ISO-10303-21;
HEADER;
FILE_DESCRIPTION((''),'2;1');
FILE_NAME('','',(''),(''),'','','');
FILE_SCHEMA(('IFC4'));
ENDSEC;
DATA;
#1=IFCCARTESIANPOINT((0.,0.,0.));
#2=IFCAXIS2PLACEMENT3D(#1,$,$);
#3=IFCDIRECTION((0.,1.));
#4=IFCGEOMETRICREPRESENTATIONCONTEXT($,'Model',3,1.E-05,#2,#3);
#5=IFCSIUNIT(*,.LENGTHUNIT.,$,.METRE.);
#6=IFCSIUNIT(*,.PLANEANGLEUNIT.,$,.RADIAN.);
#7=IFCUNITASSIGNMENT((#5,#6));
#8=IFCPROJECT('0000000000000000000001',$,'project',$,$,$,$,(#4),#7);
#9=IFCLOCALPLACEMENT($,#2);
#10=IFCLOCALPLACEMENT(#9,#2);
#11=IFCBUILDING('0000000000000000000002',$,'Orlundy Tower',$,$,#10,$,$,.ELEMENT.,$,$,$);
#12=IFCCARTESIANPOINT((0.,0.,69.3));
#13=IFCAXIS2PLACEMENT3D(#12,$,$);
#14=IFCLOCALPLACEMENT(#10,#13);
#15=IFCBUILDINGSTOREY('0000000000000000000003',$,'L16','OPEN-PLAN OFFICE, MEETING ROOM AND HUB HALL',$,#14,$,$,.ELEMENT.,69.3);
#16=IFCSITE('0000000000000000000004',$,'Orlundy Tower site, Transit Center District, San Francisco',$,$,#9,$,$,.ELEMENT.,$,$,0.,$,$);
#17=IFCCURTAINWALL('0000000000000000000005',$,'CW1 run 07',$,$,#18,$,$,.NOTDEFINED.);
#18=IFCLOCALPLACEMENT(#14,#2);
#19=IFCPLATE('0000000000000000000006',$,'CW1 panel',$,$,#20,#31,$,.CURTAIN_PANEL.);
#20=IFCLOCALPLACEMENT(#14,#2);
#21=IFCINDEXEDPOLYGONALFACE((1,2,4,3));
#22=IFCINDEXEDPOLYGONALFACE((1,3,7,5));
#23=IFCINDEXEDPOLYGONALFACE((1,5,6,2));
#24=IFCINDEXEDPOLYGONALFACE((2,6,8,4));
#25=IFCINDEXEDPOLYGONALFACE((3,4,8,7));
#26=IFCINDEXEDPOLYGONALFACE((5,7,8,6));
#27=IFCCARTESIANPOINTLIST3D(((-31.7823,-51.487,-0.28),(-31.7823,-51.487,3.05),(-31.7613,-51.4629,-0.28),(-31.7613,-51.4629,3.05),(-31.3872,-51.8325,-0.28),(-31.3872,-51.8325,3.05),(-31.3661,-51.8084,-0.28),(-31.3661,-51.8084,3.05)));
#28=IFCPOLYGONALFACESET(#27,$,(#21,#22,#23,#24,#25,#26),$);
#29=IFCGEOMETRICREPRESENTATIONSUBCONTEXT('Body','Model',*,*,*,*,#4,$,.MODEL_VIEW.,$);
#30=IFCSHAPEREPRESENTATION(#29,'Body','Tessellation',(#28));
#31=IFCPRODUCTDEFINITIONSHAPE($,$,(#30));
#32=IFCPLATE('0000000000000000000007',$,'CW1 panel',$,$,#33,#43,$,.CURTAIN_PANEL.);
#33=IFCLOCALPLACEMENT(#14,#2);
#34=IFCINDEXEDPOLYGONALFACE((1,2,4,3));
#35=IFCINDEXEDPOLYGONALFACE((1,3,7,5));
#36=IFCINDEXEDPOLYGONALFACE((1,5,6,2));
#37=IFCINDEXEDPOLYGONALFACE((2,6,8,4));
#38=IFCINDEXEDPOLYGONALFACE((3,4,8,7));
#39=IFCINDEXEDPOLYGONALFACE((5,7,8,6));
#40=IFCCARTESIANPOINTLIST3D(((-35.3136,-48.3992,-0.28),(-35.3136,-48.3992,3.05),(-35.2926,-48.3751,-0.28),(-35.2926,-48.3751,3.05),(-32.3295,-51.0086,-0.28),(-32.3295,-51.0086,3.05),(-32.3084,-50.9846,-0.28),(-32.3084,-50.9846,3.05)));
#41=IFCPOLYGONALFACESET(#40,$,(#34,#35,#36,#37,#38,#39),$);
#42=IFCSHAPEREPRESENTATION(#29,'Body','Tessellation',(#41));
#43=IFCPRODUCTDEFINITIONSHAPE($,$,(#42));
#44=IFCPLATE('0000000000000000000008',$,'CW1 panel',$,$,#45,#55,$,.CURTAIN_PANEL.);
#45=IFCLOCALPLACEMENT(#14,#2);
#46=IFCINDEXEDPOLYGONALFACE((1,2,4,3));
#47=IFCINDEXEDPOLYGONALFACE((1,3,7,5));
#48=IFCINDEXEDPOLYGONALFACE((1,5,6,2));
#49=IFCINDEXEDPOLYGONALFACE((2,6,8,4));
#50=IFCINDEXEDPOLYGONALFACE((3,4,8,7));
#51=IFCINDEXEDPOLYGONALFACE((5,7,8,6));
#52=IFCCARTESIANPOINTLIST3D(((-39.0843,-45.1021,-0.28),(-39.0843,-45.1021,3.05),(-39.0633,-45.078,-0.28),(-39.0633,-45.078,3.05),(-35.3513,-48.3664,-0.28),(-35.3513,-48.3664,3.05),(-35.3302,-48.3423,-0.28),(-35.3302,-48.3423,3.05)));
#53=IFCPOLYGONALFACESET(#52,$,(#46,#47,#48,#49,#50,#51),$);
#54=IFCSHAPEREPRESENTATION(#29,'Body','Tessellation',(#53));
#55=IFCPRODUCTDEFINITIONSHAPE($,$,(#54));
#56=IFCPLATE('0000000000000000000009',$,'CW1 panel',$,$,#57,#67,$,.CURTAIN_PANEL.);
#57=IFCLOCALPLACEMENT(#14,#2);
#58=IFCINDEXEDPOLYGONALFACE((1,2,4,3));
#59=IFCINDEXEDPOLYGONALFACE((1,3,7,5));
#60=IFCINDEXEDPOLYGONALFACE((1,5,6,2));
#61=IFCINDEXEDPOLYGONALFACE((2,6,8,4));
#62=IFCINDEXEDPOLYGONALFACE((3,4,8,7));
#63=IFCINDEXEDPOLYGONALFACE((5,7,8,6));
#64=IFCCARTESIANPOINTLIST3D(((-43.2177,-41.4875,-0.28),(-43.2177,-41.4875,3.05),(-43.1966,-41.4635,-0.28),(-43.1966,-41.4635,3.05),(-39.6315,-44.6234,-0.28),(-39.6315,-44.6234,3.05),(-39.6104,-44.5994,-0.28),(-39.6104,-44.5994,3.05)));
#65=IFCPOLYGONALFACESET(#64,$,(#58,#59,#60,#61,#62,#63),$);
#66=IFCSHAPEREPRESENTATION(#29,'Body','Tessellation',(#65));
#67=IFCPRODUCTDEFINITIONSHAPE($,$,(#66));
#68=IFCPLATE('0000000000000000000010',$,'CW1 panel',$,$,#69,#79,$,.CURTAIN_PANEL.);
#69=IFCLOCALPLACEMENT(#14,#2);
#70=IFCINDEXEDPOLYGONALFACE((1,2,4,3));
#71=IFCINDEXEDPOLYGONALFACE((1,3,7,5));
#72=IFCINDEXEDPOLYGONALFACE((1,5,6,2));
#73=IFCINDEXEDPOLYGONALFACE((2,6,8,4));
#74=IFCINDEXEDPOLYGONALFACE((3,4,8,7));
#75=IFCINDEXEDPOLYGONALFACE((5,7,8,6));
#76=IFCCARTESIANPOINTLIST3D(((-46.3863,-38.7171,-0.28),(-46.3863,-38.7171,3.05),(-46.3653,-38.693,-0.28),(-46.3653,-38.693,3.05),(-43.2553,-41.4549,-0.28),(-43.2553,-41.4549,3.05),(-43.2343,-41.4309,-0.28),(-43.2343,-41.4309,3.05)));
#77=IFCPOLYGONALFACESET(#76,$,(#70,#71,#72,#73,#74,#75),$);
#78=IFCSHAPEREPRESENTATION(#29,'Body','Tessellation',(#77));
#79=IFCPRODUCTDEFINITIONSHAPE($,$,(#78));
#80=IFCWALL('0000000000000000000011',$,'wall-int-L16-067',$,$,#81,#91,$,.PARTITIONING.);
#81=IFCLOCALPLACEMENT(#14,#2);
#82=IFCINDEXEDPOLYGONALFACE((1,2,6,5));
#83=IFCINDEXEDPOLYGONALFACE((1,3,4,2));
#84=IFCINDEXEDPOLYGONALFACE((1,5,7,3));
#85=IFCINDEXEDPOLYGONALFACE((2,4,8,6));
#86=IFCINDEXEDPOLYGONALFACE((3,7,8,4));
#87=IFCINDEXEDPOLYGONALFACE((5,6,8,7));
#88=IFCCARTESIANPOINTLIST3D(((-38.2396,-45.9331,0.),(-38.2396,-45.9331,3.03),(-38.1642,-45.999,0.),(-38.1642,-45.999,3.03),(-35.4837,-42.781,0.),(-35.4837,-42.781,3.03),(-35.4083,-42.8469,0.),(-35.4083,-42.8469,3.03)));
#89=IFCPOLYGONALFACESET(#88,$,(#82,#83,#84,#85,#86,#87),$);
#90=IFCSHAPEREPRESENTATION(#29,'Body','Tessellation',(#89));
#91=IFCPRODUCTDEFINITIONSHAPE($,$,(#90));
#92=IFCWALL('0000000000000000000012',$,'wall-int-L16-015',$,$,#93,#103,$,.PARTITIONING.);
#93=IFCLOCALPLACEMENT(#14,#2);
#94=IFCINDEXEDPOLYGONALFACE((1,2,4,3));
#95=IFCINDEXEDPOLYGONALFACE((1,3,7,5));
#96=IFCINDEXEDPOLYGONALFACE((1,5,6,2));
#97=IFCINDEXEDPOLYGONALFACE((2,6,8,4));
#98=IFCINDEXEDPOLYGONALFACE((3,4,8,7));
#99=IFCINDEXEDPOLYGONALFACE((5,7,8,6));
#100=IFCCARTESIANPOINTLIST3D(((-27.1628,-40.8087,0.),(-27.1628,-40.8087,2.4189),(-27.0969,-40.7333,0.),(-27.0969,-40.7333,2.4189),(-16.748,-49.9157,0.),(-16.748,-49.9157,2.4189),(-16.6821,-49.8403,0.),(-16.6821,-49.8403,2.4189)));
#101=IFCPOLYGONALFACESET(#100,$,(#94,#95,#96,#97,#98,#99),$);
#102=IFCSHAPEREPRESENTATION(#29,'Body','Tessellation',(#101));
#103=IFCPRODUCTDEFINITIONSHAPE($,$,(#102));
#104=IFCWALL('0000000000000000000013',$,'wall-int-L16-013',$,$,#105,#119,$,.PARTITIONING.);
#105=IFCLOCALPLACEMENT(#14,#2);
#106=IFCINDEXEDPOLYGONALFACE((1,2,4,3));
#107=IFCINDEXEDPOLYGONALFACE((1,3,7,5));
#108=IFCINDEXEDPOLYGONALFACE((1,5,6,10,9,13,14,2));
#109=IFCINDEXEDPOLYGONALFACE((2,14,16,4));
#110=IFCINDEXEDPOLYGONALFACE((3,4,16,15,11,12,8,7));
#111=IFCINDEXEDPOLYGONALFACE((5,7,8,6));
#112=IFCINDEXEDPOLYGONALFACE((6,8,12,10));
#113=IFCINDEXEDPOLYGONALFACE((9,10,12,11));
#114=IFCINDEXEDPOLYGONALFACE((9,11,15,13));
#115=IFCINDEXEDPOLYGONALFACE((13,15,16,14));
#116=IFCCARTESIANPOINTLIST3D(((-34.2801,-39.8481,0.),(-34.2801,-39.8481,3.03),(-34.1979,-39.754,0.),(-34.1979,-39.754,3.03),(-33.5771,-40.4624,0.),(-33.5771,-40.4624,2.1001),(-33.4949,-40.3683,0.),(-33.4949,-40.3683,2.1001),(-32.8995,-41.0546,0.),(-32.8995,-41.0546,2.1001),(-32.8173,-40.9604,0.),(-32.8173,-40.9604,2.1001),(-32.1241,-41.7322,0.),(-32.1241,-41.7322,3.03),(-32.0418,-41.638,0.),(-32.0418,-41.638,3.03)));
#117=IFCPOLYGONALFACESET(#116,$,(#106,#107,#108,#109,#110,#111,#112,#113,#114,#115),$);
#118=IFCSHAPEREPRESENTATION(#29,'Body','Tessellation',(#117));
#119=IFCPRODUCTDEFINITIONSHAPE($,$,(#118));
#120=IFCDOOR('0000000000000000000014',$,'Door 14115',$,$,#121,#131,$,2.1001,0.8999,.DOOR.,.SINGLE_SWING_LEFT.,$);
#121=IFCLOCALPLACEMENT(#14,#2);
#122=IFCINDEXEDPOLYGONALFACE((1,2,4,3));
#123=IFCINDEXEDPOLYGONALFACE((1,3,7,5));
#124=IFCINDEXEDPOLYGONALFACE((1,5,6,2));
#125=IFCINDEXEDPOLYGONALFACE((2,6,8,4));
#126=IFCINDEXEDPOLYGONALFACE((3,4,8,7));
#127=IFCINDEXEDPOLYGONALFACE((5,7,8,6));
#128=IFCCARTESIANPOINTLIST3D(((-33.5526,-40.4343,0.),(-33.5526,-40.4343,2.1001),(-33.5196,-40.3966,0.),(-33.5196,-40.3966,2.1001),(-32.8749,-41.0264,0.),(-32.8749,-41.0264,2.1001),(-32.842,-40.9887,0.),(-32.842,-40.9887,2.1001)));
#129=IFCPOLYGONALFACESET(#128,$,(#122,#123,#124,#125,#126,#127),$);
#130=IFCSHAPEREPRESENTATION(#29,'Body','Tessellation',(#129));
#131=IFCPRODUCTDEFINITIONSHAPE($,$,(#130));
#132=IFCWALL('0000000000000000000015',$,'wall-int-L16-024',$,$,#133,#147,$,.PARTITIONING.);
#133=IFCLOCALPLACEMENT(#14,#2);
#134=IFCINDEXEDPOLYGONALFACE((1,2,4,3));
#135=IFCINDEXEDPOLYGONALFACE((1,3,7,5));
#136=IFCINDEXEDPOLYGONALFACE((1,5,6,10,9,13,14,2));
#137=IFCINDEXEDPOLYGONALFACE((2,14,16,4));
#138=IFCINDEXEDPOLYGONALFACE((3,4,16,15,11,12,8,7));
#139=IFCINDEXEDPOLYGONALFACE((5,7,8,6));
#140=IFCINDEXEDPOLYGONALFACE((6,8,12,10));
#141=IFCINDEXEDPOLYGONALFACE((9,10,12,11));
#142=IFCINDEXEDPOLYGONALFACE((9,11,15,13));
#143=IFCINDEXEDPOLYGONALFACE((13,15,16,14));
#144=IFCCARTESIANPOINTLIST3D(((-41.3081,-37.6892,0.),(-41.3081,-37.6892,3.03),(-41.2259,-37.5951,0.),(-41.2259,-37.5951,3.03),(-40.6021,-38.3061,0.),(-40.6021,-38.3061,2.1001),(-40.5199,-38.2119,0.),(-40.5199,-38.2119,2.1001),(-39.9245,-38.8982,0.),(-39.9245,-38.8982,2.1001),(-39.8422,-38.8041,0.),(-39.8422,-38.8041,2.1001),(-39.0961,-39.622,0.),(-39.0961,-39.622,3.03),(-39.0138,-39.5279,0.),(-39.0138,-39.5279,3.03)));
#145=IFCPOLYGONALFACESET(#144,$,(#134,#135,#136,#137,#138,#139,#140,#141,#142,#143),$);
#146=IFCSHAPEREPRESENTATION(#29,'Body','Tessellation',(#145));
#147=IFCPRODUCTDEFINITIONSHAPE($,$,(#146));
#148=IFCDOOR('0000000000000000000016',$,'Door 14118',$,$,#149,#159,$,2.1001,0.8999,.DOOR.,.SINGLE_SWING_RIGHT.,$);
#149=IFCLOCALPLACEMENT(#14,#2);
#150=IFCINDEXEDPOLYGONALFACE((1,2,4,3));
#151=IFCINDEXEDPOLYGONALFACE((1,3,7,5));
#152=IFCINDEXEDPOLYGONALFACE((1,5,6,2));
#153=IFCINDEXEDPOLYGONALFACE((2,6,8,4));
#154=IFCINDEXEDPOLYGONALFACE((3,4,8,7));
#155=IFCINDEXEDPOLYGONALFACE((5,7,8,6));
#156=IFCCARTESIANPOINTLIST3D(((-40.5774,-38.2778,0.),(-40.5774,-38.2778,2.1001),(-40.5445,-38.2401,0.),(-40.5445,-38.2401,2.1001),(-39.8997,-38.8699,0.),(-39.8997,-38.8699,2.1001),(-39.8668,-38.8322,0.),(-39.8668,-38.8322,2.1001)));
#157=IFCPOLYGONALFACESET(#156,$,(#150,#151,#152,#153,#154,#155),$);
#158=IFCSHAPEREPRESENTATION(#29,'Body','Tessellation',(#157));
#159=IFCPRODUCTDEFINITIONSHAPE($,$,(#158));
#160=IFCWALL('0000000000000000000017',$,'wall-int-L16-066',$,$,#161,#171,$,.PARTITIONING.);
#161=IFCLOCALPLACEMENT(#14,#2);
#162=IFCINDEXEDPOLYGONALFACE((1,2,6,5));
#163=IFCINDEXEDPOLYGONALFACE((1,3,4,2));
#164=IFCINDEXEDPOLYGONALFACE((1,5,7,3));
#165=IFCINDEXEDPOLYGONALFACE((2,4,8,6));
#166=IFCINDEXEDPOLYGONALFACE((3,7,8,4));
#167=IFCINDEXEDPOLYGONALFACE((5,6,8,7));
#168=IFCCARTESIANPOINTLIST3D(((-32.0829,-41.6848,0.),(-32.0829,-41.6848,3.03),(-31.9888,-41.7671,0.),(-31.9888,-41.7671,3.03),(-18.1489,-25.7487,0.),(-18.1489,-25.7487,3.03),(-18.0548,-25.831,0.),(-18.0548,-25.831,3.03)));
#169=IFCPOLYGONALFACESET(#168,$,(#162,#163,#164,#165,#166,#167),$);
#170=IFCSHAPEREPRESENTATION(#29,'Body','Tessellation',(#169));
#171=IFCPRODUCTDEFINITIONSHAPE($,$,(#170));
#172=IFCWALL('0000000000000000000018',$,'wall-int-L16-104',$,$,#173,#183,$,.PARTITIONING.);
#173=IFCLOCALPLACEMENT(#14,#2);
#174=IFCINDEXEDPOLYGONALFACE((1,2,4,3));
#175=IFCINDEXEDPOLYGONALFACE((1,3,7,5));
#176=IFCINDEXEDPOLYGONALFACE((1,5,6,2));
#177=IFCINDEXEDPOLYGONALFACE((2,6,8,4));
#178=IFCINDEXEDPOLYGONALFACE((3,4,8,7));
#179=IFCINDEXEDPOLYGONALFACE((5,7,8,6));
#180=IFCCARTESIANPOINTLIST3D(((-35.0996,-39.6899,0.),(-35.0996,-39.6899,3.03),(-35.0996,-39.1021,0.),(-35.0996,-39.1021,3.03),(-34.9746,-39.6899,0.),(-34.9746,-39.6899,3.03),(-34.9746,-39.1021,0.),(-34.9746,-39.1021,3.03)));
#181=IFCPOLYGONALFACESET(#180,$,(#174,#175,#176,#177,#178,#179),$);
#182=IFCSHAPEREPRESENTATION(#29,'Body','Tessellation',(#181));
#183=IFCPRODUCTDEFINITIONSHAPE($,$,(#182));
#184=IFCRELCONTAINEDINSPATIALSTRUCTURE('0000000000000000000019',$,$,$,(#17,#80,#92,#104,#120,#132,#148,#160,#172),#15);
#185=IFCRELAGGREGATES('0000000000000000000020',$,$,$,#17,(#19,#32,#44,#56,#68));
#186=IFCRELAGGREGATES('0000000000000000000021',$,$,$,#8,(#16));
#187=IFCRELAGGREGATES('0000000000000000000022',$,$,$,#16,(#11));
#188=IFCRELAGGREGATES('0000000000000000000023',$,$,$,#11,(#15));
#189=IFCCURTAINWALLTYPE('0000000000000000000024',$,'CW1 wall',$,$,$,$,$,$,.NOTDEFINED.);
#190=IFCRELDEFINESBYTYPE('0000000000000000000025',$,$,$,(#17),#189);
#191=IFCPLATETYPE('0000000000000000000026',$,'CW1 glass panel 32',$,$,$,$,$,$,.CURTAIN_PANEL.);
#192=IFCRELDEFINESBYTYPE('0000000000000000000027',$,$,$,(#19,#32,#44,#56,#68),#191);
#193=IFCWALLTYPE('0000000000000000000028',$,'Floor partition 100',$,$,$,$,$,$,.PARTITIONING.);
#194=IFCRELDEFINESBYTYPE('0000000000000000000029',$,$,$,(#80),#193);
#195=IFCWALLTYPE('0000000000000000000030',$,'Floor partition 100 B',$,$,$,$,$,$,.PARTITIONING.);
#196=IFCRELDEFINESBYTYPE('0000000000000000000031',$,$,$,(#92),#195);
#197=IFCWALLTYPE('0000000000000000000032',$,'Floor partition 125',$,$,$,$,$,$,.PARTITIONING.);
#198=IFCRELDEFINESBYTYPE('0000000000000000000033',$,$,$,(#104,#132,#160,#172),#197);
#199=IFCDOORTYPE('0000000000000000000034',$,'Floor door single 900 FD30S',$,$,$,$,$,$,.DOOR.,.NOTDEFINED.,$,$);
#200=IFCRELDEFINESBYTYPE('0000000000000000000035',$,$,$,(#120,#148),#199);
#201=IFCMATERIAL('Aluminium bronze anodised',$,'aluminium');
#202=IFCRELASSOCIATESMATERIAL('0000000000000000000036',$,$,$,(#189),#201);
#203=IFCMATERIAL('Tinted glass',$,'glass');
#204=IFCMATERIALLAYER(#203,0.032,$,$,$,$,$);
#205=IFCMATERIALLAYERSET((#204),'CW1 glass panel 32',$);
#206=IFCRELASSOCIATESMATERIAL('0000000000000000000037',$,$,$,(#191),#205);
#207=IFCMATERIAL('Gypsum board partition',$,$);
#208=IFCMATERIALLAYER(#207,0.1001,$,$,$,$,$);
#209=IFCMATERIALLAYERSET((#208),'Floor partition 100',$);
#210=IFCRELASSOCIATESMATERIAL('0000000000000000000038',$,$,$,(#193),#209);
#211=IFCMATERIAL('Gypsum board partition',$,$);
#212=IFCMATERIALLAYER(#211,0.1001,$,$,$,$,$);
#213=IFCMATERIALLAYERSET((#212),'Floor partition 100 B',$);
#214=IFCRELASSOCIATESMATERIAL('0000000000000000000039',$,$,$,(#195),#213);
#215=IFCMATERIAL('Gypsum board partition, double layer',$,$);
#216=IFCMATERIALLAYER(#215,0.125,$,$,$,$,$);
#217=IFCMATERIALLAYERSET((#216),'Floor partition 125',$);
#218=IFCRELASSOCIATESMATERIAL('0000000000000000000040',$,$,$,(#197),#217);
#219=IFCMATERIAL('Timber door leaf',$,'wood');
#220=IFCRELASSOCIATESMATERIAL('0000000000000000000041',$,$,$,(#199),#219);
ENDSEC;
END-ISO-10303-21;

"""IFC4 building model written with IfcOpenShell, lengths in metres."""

from ifc_helpers import new_model, si_unit, direction, frame, frame_2d, origin, origin_2d, place, context, subcontext, project, spatial, rectangle, extrude, material, layer, layer_set, type_object, element, fill, aggregate, save


model = new_model("IFC4")

# Units and contexts
model_context = context("Model", 3, precision=1e-05, world=origin(), true_north=direction((0.0, 1.0)))
body_context = subcontext(model_context, "Body", "Model", "MODEL_VIEW")
ifc_project = project(units=[si_unit("LENGTHUNIT", "METRE"), si_unit("PLANEANGLEUNIT", "RADIAN")], contexts=[model_context])

# Site, building, storey
site_placement = place(None, origin())
site = spatial("IfcSite", under=ifc_project, at=site_placement, Name="Orlundy Tower site, Transit Center District, San Francisco", CompositionType="ELEMENT", RefElevation=0.0)
building_placement = place(site_placement, origin())
building = spatial("IfcBuilding", under=site, at=building_placement, Name="Orlundy Tower", CompositionType="ELEMENT")
storey_placement = place(building_placement, frame((0.0, 0.0, 69.3)))
storey = spatial("IfcBuildingStorey", under=building, at=storey_placement, Name="L16", Description="OPEN-PLAN OFFICE, MEETING ROOM AND HUB HALL", CompositionType="ELEMENT", Elevation=69.3)

# Shared definitions
ifc_material_1 = material(Name="Aluminium bronze anodised", Category="aluminium")
curtain_wall_type = type_object("IfcCurtainWallType", Name="CW1 wall", PredefinedType="NOTDEFINED", material=ifc_material_1)

# Curtain wall
curtain_wall_1_placement = place(storey_placement, origin())
curtain_wall_1 = element("IfcCurtainWall", 1, at=curtain_wall_1_placement, inside=storey, type_object=curtain_wall_type, Name="CW1 run 07", PredefinedType="NOTDEFINED")

# Plates
ifc_material_2 = material(Name="Tinted glass", Category="glass")
ifc_layer_1 = layer(ifc_material_2, 0.032)
ifc_layer_set_1 = layer_set([ifc_layer_1], Name="CW1 glass panel 32")
plate_type = type_object("IfcPlateType", Name="CW1 glass panel 32", PredefinedType="CURTAIN_PANEL", material=ifc_layer_set_1)
plate_1_placement = place(storey_placement, frame((-31.5742, -51.6477, -0.28), z_axis=(0.0, 0.0, 1.0), x_axis=(-0.752789, 0.658262, 0.0)))
plate_1 = element("IfcPlate", 2, at=plate_1_placement, type_object=plate_type, Name="CW1 panel", PredefinedType="CURTAIN_PANEL", context=body_context, shape_type="SweptSolid", body=[
    extrude(rectangle(XDim=0.5249, YDim=0.032, at=origin_2d()), origin(), (0.0, 0.0, 1.0), 3.3301),
])
plate_2_placement = place(storey_placement, frame((-33.811, -49.6919, -0.28), z_axis=(0.0, 0.0, 1.0), x_axis=(-0.752789, 0.658262, 0.0)))
plate_2 = element("IfcPlate", 3, at=plate_2_placement, type_object=plate_type, Name="CW1 panel", PredefinedType="CURTAIN_PANEL", context=body_context, shape_type="SweptSolid", body=[
    extrude(rectangle(XDim=3.9641, YDim=0.032, at=origin_2d()), origin(), (0.0, 0.0, 1.0), 3.3301),
])
plate_3_placement = place(storey_placement, frame((-37.2073, -46.7222, -0.28), z_axis=(0.0, 0.0, 1.0), x_axis=(-0.752789, 0.658262, 0.0)))
plate_3 = element("IfcPlate", 4, at=plate_3_placement, type_object=plate_type, Name="CW1 panel", PredefinedType="CURTAIN_PANEL", context=body_context, shape_type="SweptSolid", body=[
    extrude(rectangle(XDim=4.959, YDim=0.032, at=origin_2d()), origin(), (0.0, 0.0, 1.0), 3.3301),
])
plate_4_placement = place(storey_placement, frame((-41.4141, -43.0435, -0.28), z_axis=(0.0, 0.0, 1.0), x_axis=(-0.752789, 0.658262, 0.0)))
plate_4 = element("IfcPlate", 5, at=plate_4_placement, type_object=plate_type, Name="CW1 panel", PredefinedType="CURTAIN_PANEL", context=body_context, shape_type="SweptSolid", body=[
    extrude(rectangle(XDim=4.7639, YDim=0.032, at=origin_2d()), origin(), (0.0, 0.0, 1.0), 3.3301),
])
plate_5_placement = place(storey_placement, frame((-44.8103, -40.074, -0.28), z_axis=(0.0, 0.0, 1.0), x_axis=(-0.752789, 0.658262, 0.0)))
plate_5 = element("IfcPlate", 6, at=plate_5_placement, type_object=plate_type, Name="CW1 panel", PredefinedType="CURTAIN_PANEL", context=body_context, shape_type="SweptSolid", body=[
    extrude(rectangle(XDim=4.1592, YDim=0.032, at=origin_2d()), origin(), (0.0, 0.0, 1.0), 3.3301),
])
aggregate(curtain_wall_1, [plate_1, plate_2, plate_3, plate_4, plate_5])

# Walls
ifc_material_3 = material(Name="Gypsum board partition")
ifc_layer_2 = layer(ifc_material_3, 0.1001)
ifc_layer_set_2 = layer_set([ifc_layer_2], Name="Floor partition 100")
wall_type_1 = type_object("IfcWallType", Name="Floor partition 100", PredefinedType="PARTITIONING", material=ifc_layer_set_2)
wall_1_placement = place(storey_placement, frame((-38.2019, -45.9661, 0.0), z_axis=(0.0, 0.0, 1.0), x_axis=(0.658203, 0.75284, 0.0)))
element("IfcWall", 7, at=wall_1_placement, inside=storey, type_object=wall_type_1, Name="wall-int-L16-067", PredefinedType="PARTITIONING", context=body_context, shape_type="SweptSolid", body=[
    extrude(rectangle(XDim=4.187, YDim=0.1001, at=frame_2d((2.0935, 0.0))), origin(), (0.0, 0.0, 1.0), 3.03),
])
ifc_material_4 = material(Name="Gypsum board partition")
ifc_layer_3 = layer(ifc_material_4, 0.1001)
ifc_layer_set_3 = layer_set([ifc_layer_3], Name="Floor partition 100 B")
wall_type_2 = type_object("IfcWallType", Name="Floor partition 100 B", PredefinedType="PARTITIONING", material=ifc_layer_set_3)
wall_2_placement = place(storey_placement, frame((-27.1299, -40.771, 0.0), z_axis=(0.0, 0.0, 1.0), x_axis=(0.752792, -0.658258, 0.0)))
element("IfcWall", 8, at=wall_2_placement, inside=storey, type_object=wall_type_2, Name="wall-int-L16-015", PredefinedType="PARTITIONING", context=body_context, shape_type="SweptSolid", body=[
    extrude(rectangle(XDim=13.835, YDim=0.1001, at=frame_2d((6.9175, 0.0))), origin(), (0.0, 0.0, 1.0), 2.4189),
])

# Walls, openings, doors
ifc_material_5 = material(Name="Gypsum board partition, double layer")
ifc_layer_4 = layer(ifc_material_5, 0.125)
ifc_layer_set_4 = layer_set([ifc_layer_4], Name="Floor partition 125")
wall_type_3 = type_object("IfcWallType", Name="Floor partition 125", PredefinedType="PARTITIONING", material=ifc_layer_set_4)
wall_3_placement = place(storey_placement, frame((-34.239, -39.801, 0.0), z_axis=(0.0, 0.0, 1.0), x_axis=(0.753004, -0.658015, 0.0)))
wall_3 = element("IfcWall", 9, at=wall_3_placement, inside=storey, type_object=wall_type_3, Name="wall-int-L16-013", PredefinedType="PARTITIONING", context=body_context, shape_type="SweptSolid", body=[
    extrude(rectangle(XDim=2.8633, YDim=0.125, at=frame_2d((1.4316, 0.0))), origin(), (0.0, 0.0, 1.0), 3.03),
])
opening_1_placement = place(wall_3_placement, frame((0.9336, 0.0, 0.0)))
opening_1 = element("IfcOpeningElement", 10, at=opening_1_placement, cuts=wall_3, PredefinedType="OPENING", context=body_context, shape_type="SweptSolid", body=[
    extrude(rectangle(XDim=0.8999, YDim=2.1001, at=frame_2d((0.45, 1.05))), frame((0.0, 0.0725, 0.0), z_axis=(0.0, -1.0, 0.0), x_axis=(1.0, 0.0, 0.0)), (0.0, 0.0, 1.0), 0.145),
])
ifc_material_6 = material(Name="Timber door leaf", Category="wood")
door_type = type_object("IfcDoorType", Name="Floor door single 900 FD30S", OperationType="NOTDEFINED", PredefinedType="DOOR", material=ifc_material_6)
door_1_placement = place(opening_1_placement, origin())
door_1 = element("IfcDoor", 11, at=door_1_placement, inside=storey, type_object=door_type, Name="Door 14115", OperationType="SINGLE_SWING_LEFT", OverallHeight=2.1001, OverallWidth=0.8999, PredefinedType="DOOR", context=body_context, shape_type="SweptSolid", body=[
    extrude(rectangle(XDim=0.8999, YDim=2.1001, at=frame_2d((0.45, 1.05))), frame((0.0, 0.0249, 0.0), z_axis=(0.0, -1.0, 0.0), x_axis=(1.0, 0.0, 0.0)), (0.0, 0.0, 1.0), 0.05),
])
fill(opening_1, door_1)
wall_4_placement = place(storey_placement, frame((-39.0549, -39.575, 0.0), z_axis=(0.0, 0.0, 1.0), x_axis=(-0.753045, 0.657969, 0.0)))
wall_4 = element("IfcWall", 12, at=wall_4_placement, inside=storey, type_object=wall_type_3, Name="wall-int-L16-024", PredefinedType="PARTITIONING", context=body_context, shape_type="SweptSolid", body=[
    extrude(rectangle(XDim=2.9375, YDim=0.125, at=frame_2d((1.4688, 0.0))), origin(), (0.0, 0.0, 1.0), 3.03),
])
opening_2_placement = place(wall_4_placement, frame((1.1001, 0.0, 0.0)))
opening_2 = element("IfcOpeningElement", 13, at=opening_2_placement, cuts=wall_4, PredefinedType="OPENING", context=body_context, shape_type="SweptSolid", body=[
    extrude(rectangle(XDim=0.8999, YDim=2.1001, at=frame_2d((0.45, 1.05))), frame((0.0, 0.0725, 0.0), z_axis=(0.0, -1.0, 0.0), x_axis=(1.0, 0.0, 0.0)), (0.0, 0.0, 1.0), 0.145),
])
door_2_placement = place(opening_2_placement, origin())
door_2 = element("IfcDoor", 14, at=door_2_placement, inside=storey, type_object=door_type, Name="Door 14118", OperationType="SINGLE_SWING_RIGHT", OverallHeight=2.1001, OverallWidth=0.8999, PredefinedType="DOOR", context=body_context, shape_type="SweptSolid", body=[
    extrude(rectangle(XDim=0.8999, YDim=2.1001, at=frame_2d((0.45, 1.05))), frame((0.0, 0.0249, 0.0), z_axis=(0.0, -1.0, 0.0), x_axis=(1.0, 0.0, 0.0)), (0.0, 0.0, 1.0), 0.05),
])
fill(opening_2, door_2)

# Walls
wall_5_placement = place(storey_placement, frame((-32.0359, -41.7261, 0.0), z_axis=(0.0, 0.0, 1.0), x_axis=(0.658232, 0.752815, 0.0)))
element("IfcWall", 15, at=wall_5_placement, inside=storey, type_object=wall_type_3, Name="wall-int-L16-066", PredefinedType="PARTITIONING", context=body_context, shape_type="SweptSolid", body=[
    extrude(rectangle(XDim=21.1687, YDim=0.125, at=frame_2d((10.5845, 0.0))), origin(), (0.0, 0.0, 1.0), 3.03),
])
wall_6_placement = place(storey_placement, frame((-35.0371, -39.6899, 0.0), z_axis=(0.0, 0.0, 1.0), x_axis=(0.0, 1.0, 0.0)))
element("IfcWall", 16, at=wall_6_placement, inside=storey, type_object=wall_type_3, Name="wall-int-L16-104", PredefinedType="PARTITIONING", context=body_context, shape_type="SweptSolid", body=[
    extrude(rectangle(XDim=0.5879, YDim=0.125, at=frame_2d((0.2939, 0.0))), origin(), (0.0, 0.0, 1.0), 3.03),
])

save(model, "model.ifc")
